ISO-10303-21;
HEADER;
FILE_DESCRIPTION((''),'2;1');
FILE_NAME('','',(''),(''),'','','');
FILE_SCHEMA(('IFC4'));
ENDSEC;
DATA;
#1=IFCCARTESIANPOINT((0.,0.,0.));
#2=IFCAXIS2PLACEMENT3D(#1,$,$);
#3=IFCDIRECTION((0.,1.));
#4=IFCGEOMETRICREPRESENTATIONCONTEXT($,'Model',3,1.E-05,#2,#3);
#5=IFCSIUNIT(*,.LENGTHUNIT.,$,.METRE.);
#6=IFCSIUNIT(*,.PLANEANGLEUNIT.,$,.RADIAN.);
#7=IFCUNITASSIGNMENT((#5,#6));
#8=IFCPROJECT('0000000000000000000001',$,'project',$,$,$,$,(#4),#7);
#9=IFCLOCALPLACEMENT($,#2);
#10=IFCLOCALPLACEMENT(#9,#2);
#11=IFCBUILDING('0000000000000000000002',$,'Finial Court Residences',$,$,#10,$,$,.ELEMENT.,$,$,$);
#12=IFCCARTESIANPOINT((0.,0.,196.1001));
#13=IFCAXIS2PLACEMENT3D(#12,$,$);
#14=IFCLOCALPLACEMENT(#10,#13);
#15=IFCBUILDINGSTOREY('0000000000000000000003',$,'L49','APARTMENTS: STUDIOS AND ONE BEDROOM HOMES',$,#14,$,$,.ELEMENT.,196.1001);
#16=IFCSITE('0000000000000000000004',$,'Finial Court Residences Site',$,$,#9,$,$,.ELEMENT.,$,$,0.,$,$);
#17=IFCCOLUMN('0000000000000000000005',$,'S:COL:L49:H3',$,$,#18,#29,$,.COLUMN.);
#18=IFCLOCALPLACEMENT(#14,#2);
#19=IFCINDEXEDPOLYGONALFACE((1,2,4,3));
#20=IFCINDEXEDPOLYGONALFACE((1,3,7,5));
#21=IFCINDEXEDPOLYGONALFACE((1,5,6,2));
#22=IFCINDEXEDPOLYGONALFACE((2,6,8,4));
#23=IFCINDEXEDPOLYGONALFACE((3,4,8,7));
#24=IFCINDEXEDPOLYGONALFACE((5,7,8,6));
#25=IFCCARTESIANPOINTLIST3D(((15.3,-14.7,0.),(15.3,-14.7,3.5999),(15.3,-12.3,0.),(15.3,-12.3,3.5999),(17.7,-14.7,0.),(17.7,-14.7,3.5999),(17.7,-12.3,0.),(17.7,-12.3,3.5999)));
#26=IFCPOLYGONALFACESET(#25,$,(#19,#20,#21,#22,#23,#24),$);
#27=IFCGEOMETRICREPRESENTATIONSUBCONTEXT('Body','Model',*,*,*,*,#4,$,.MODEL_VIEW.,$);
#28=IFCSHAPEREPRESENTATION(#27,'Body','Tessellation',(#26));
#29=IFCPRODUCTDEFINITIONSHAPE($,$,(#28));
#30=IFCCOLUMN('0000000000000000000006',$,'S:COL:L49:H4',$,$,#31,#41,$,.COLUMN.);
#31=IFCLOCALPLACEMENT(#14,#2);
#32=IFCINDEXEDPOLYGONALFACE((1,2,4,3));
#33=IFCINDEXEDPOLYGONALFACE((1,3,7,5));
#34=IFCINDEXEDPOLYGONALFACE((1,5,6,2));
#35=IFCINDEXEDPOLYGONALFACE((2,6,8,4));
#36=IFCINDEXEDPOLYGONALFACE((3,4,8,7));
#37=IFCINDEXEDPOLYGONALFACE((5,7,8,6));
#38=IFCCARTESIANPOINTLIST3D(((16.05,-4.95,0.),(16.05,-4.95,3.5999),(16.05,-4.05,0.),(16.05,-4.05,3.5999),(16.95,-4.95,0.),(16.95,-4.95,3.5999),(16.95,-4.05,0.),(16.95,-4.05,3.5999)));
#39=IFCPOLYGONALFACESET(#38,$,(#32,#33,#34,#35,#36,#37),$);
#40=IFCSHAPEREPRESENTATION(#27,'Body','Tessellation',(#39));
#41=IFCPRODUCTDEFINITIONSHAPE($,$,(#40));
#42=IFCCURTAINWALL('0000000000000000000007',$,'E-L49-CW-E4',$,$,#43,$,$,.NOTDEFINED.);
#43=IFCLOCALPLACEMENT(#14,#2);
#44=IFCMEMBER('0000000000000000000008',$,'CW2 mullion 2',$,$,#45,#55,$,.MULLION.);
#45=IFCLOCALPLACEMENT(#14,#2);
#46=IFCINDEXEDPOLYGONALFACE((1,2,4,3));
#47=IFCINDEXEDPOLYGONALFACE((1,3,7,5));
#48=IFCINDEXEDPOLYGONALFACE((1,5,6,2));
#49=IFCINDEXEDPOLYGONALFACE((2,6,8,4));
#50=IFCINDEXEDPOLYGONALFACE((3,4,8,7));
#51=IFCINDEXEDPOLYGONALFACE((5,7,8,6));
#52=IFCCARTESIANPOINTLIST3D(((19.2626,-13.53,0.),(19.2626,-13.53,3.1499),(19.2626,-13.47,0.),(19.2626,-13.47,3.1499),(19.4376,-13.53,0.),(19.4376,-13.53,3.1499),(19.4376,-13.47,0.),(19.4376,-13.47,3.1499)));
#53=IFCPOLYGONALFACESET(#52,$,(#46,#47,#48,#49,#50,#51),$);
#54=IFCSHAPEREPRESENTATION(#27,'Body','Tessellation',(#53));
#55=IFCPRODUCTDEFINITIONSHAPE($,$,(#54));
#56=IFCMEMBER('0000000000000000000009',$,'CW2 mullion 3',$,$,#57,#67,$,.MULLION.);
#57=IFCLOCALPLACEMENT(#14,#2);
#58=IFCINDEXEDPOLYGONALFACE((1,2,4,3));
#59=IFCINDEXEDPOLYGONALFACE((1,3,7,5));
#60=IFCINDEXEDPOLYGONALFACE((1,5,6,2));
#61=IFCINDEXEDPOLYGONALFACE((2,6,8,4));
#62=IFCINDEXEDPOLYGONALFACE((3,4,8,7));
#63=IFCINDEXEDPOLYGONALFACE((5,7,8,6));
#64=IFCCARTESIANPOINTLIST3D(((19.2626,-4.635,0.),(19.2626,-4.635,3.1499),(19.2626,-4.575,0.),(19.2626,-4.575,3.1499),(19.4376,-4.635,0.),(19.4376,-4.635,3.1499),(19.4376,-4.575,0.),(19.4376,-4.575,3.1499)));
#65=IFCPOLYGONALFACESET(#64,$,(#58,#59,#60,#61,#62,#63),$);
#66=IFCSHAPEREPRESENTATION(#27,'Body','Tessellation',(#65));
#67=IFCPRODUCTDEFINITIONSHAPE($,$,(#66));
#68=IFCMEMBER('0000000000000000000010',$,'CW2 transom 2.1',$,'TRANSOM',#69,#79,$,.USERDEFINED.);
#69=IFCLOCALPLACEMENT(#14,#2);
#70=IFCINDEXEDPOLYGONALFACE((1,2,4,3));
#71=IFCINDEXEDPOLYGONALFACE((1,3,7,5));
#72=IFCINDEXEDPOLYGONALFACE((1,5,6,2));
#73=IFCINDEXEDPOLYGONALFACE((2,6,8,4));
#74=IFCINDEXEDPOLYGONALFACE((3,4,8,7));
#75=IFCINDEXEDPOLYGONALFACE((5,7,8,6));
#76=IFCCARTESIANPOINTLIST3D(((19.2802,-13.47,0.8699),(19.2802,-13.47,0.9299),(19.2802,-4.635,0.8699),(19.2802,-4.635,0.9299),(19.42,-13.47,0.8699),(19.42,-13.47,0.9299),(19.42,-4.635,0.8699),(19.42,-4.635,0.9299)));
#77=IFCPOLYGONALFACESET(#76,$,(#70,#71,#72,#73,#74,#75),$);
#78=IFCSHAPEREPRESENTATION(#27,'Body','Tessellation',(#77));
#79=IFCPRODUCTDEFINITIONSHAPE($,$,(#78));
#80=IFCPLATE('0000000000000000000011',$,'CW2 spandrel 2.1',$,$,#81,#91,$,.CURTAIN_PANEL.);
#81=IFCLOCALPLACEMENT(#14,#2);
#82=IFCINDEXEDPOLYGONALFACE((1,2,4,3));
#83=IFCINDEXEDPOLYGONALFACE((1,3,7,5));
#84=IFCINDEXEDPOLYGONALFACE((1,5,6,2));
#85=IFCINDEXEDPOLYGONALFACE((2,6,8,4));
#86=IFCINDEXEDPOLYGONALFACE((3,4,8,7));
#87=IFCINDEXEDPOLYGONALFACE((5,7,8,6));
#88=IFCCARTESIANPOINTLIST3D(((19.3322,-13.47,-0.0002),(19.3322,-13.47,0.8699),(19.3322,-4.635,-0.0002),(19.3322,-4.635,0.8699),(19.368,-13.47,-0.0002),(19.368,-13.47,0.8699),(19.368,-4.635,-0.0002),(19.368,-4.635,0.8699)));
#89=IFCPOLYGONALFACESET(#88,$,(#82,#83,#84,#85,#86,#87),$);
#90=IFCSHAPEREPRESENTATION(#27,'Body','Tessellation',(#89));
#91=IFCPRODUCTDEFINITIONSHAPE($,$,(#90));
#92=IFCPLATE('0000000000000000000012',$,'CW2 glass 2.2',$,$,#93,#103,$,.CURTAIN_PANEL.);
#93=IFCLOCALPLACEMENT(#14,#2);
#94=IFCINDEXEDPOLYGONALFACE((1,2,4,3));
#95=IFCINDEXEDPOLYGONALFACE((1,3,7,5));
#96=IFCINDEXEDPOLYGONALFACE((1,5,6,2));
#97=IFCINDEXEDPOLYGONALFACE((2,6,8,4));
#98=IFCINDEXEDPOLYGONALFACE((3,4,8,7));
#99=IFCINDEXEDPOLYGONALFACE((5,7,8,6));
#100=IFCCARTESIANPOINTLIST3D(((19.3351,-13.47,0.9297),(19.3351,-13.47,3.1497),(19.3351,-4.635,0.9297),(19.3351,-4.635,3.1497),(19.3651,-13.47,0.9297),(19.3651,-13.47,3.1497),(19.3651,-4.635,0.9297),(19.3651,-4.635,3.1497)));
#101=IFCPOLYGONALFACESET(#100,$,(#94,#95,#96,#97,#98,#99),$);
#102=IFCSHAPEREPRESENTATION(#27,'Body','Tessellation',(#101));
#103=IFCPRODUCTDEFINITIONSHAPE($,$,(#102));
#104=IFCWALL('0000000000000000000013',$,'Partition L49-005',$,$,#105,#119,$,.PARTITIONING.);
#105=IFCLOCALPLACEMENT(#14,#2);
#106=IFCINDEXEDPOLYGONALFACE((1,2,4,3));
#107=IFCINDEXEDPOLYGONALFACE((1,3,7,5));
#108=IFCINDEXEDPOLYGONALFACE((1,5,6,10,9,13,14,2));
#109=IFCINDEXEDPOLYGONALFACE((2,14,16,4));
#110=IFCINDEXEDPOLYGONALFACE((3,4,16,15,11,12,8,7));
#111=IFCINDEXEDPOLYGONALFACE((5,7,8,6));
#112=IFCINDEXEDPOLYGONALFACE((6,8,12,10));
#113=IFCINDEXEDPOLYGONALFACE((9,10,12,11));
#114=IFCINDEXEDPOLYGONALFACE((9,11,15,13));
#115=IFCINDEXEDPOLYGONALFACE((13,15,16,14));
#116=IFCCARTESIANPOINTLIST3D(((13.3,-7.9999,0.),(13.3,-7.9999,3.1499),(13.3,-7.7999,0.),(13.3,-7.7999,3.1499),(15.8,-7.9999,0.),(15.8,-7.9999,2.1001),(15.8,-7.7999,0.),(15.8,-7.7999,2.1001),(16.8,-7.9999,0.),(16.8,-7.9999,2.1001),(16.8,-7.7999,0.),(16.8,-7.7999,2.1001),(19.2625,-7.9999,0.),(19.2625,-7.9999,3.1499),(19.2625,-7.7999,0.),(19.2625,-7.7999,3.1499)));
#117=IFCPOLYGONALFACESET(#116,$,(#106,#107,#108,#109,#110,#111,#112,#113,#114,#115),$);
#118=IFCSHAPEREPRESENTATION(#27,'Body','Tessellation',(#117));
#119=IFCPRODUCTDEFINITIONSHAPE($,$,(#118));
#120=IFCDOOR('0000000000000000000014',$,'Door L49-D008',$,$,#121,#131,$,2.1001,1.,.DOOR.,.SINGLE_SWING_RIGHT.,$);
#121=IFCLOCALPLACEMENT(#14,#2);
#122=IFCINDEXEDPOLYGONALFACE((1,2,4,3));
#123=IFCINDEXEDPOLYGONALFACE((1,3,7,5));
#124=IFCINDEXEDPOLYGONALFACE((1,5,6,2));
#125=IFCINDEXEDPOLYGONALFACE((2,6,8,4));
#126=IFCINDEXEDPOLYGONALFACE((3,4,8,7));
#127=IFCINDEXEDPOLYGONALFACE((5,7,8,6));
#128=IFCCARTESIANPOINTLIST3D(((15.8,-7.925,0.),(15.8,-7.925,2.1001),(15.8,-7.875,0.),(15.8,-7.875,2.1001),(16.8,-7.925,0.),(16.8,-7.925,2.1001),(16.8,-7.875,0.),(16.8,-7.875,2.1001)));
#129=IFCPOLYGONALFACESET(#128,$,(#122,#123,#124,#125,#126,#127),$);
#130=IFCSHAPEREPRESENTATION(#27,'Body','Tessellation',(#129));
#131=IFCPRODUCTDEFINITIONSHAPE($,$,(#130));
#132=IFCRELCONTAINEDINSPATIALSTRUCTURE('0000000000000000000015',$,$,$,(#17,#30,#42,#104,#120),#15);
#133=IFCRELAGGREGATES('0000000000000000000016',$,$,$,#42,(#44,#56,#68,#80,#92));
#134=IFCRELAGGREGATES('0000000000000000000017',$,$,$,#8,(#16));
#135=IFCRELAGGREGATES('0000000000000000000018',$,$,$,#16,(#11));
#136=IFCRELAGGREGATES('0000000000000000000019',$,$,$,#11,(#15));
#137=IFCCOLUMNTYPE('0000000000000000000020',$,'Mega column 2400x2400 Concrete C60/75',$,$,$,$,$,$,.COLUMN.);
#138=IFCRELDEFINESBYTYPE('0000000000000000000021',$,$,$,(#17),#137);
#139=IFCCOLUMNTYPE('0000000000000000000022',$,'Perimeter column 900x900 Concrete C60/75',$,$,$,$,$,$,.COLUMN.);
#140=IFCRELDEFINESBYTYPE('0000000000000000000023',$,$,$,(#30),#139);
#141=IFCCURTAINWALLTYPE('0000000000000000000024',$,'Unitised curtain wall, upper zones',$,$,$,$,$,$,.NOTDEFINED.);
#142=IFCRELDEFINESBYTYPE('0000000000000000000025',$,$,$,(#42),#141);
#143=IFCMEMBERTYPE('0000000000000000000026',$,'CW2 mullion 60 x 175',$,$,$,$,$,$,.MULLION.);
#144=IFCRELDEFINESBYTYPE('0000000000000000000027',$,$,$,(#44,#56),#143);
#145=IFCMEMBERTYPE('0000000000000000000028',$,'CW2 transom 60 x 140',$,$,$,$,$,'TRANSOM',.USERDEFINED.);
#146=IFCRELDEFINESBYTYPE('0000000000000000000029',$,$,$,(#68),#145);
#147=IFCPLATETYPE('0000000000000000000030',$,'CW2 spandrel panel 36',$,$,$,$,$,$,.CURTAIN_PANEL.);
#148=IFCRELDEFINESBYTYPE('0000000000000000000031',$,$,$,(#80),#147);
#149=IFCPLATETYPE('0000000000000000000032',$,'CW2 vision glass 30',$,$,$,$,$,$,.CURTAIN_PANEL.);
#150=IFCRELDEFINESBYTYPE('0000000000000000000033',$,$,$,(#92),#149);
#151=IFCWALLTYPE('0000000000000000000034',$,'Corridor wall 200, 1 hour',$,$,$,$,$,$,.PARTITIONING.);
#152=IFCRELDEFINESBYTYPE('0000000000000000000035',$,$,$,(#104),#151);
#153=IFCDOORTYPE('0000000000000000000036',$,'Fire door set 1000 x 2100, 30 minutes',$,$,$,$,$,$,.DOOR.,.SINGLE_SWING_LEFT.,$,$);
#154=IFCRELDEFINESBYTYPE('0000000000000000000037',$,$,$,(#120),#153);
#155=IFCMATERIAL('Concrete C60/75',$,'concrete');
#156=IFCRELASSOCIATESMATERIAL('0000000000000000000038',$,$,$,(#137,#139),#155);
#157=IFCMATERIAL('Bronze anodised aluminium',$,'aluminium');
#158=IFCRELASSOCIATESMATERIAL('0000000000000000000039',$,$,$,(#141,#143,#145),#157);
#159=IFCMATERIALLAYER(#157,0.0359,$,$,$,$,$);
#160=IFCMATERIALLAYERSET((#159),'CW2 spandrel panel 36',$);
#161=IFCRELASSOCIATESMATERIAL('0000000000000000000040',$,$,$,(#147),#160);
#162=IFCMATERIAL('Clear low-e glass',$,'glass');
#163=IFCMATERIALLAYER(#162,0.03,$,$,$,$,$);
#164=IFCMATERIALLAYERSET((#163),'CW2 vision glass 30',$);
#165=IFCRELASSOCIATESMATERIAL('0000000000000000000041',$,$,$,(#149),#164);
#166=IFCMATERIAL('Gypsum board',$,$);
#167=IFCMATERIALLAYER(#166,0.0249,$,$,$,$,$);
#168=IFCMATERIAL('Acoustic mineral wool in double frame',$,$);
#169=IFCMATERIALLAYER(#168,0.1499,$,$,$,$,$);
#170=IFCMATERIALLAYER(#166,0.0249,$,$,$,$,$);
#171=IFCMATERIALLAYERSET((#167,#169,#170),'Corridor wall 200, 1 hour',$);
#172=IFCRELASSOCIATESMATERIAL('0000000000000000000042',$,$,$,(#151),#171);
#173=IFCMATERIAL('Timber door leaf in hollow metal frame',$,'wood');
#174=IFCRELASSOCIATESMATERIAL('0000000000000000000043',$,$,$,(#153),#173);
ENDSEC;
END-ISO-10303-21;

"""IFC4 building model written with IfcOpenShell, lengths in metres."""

from ifc_helpers import new_model, si_unit, direction, frame, frame_2d, origin, origin_2d, place, context, subcontext, project, spatial, rectangle, extrude, material, layer, layer_set, material_profile, profile_set, type_object, element, fill, aggregate, save


model = new_model("IFC4")

# Units and contexts
model_context = context("Model", 3, precision=1e-05, world=origin(), true_north=direction((0.0, 1.0)))
body_context = subcontext(model_context, "Body", "Model", "MODEL_VIEW")
ifc_project = project(units=[si_unit("LENGTHUNIT", "METRE"), si_unit("PLANEANGLEUNIT", "RADIAN")], contexts=[model_context])

# Site, building, storey
site_placement = place(None, origin())
site = spatial("IfcSite", under=ifc_project, at=site_placement, Name="Finial Court Residences Site", CompositionType="ELEMENT", RefElevation=0.0)
building_placement = place(site_placement, origin())
building = spatial("IfcBuilding", under=site, at=building_placement, Name="Finial Court Residences", CompositionType="ELEMENT")
storey_placement = place(building_placement, frame((0.0, 0.0, 196.1001)))
storey = spatial("IfcBuildingStorey", under=building, at=storey_placement, Name="L49", Description="APARTMENTS: STUDIOS AND ONE BEDROOM HOMES", CompositionType="ELEMENT", Elevation=196.1001)

# Columns
ifc_material_1 = material(Name="Concrete C60/75", Category="concrete")
ifc_material_profile_1 = material_profile(ifc_material_1, rectangle(XDim=2.3999, YDim=2.3999, at=origin_2d()), Name="2400x2400")
ifc_profile_set_1 = profile_set([ifc_material_profile_1], Name="Concrete C60/75")
column_type_1 = type_object("IfcColumnType", Name="Mega column 2400x2400 Concrete C60/75", PredefinedType="COLUMN", material=ifc_profile_set_1)
column_1_placement = place(storey_placement, frame((16.5, -13.5, 0.0), z_axis=(0.0, 0.0, 1.0), x_axis=(1.0, 0.0, 0.0)))
element("IfcColumn", 1, at=column_1_placement, inside=storey, type_object=column_type_1, Name="S:COL:L49:H3", PredefinedType="COLUMN", context=body_context, shape_type="SweptSolid", body=[
    extrude(rectangle(XDim=2.3999, YDim=2.3999, at=origin_2d()), origin(), (0.0, 0.0, 1.0), 3.5999),
])
ifc_material_profile_2 = material_profile(ifc_material_1, rectangle(XDim=0.8999, YDim=0.8999, at=origin_2d()), Name="900x900")
ifc_profile_set_2 = profile_set([ifc_material_profile_2], Name="Concrete C60/75")
column_type_2 = type_object("IfcColumnType", Name="Perimeter column 900x900 Concrete C60/75", PredefinedType="COLUMN", material=ifc_profile_set_2)
column_2_placement = place(storey_placement, frame((16.5, -4.5, 0.0), z_axis=(0.0, 0.0, 1.0), x_axis=(1.0, 0.0, 0.0)))
element("IfcColumn", 2, at=column_2_placement, inside=storey, type_object=column_type_2, Name="S:COL:L49:H4", PredefinedType="COLUMN", context=body_context, shape_type="SweptSolid", body=[
    extrude(rectangle(XDim=0.8999, YDim=0.8999, at=origin_2d()), origin(), (0.0, 0.0, 1.0), 3.5999),
])

# Curtain wall, members, plates
ifc_material_2 = material(Name="Bronze anodised aluminium", Category="aluminium")
curtain_wall_type = type_object("IfcCurtainWallType", Name="Unitised curtain wall, upper zones", PredefinedType="NOTDEFINED", material=ifc_material_2)
curtain_wall_placement = place(storey_placement, origin())
curtain_wall = element("IfcCurtainWall", 3, at=curtain_wall_placement, inside=storey, type_object=curtain_wall_type, Name="E-L49-CW-E4", PredefinedType="NOTDEFINED")
ifc_material_profile_3 = material_profile(ifc_material_2, rectangle(XDim=0.175, YDim=0.0601, at=origin_2d()), Name="CW2 mullion 60 x 175")
ifc_profile_set_3 = profile_set([ifc_material_profile_3], Name="Bronze anodised aluminium")
member_type_1 = type_object("IfcMemberType", Name="CW2 mullion 60 x 175", PredefinedType="MULLION", material=ifc_profile_set_3)
member_1_placement = place(storey_placement, frame((19.3501, -13.5, 0.0), z_axis=(0.0, 0.0, 1.0), x_axis=(-1.0, 0.0, 0.0)))
member_1 = element("IfcMember", 4, at=member_1_placement, type_object=member_type_1, Name="CW2 mullion 2", PredefinedType="MULLION", context=body_context, shape_type="SweptSolid", body=[
    extrude(rectangle(XDim=0.175, YDim=0.0601, at=origin_2d()), origin(), (0.0, 0.0, 1.0), 3.1499),
])
member_2_placement = place(storey_placement, frame((19.3501, -4.605, 0.0), z_axis=(0.0, 0.0, 1.0), x_axis=(-1.0, 0.0, 0.0)))
member_2 = element("IfcMember", 5, at=member_2_placement, type_object=member_type_1, Name="CW2 mullion 3", PredefinedType="MULLION", context=body_context, shape_type="SweptSolid", body=[
    extrude(rectangle(XDim=0.175, YDim=0.0601, at=origin_2d()), origin(), (0.0, 0.0, 1.0), 3.1499),
])
ifc_material_profile_4 = material_profile(ifc_material_2, rectangle(XDim=0.1399, YDim=0.0601, at=origin_2d()), Name="CW2 transom 60 x 140")
ifc_profile_set_4 = profile_set([ifc_material_profile_4], Name="Bronze anodised aluminium")
member_type_2 = type_object("IfcMemberType", Name="CW2 transom 60 x 140", ElementType="TRANSOM", PredefinedType="USERDEFINED", material=ifc_profile_set_4)
member_3_placement = place(storey_placement, frame((19.3501, -13.47, 0.8999), z_axis=(0.0, 1.0, 0.0), x_axis=(-1.0, 0.0, 0.0)))
member_3 = element("IfcMember", 6, at=member_3_placement, type_object=member_type_2, Name="CW2 transom 2.1", ObjectType="TRANSOM", PredefinedType="USERDEFINED", context=body_context, shape_type="SweptSolid", body=[
    extrude(rectangle(XDim=0.1399, YDim=0.0601, at=origin_2d()), origin(), (0.0, 0.0, 1.0), 8.835),
])
ifc_layer_1 = layer(ifc_material_2, 0.0359)
ifc_layer_set_1 = layer_set([ifc_layer_1], Name="CW2 spandrel panel 36")
plate_type_1 = type_object("IfcPlateType", Name="CW2 spandrel panel 36", PredefinedType="CURTAIN_PANEL", material=ifc_layer_set_1)
plate_1_placement = place(storey_placement, frame((19.3501, -9.0525, -0.0002), z_axis=(0.0, 0.0, 1.0), x_axis=(0.0, 1.0, 0.0)))
plate_1 = element("IfcPlate", 7, at=plate_1_placement, type_object=plate_type_1, Name="CW2 spandrel 2.1", PredefinedType="CURTAIN_PANEL", context=body_context, shape_type="SweptSolid", body=[
    extrude(rectangle(XDim=8.835, YDim=0.0359, at=origin_2d()), origin(), (0.0, 0.0, 1.0), 0.8701),
])
ifc_material_3 = material(Name="Clear low-e glass", Category="glass")
ifc_layer_2 = layer(ifc_material_3, 0.03)
ifc_layer_set_2 = layer_set([ifc_layer_2], Name="CW2 vision glass 30")
plate_type_2 = type_object("IfcPlateType", Name="CW2 vision glass 30", PredefinedType="CURTAIN_PANEL", material=ifc_layer_set_2)
plate_2_placement = place(storey_placement, frame((19.3501, -9.0525, 0.9297), z_axis=(0.0, 0.0, 1.0), x_axis=(0.0, 1.0, 0.0)))
plate_2 = element("IfcPlate", 8, at=plate_2_placement, type_object=plate_type_2, Name="CW2 glass 2.2", PredefinedType="CURTAIN_PANEL", context=body_context, shape_type="SweptSolid", body=[
    extrude(rectangle(XDim=8.835, YDim=0.03, at=origin_2d()), origin(), (0.0, 0.0, 1.0), 2.22),
])
aggregate(curtain_wall, [member_1, member_2, member_3, plate_1, plate_2])

# Wall, opening, door
ifc_material_4 = material(Name="Gypsum board")
ifc_layer_3 = layer(ifc_material_4, 0.0249)
ifc_material_5 = material(Name="Acoustic mineral wool in double frame")
ifc_layer_4 = layer(ifc_material_5, 0.1499)
ifc_layer_5 = layer(ifc_material_4, 0.0249)
ifc_layer_set_3 = layer_set([ifc_layer_3, ifc_layer_4, ifc_layer_5], Name="Corridor wall 200, 1 hour")
wall_type_1 = type_object("IfcWallType", Name="Corridor wall 200, 1 hour", PredefinedType="PARTITIONING", material=ifc_layer_set_3)
wall_1_placement = place(storey_placement, frame((13.3, -7.8999, 0.0), z_axis=(0.0, 0.0, 1.0), x_axis=(1.0, 0.0, 0.0)))
wall_1 = element("IfcWall", 9, at=wall_1_placement, inside=storey, type_object=wall_type_1, Name="Partition L49-005", PredefinedType="PARTITIONING", context=body_context, shape_type="SweptSolid", body=[
    extrude(rectangle(XDim=5.9624, YDim=0.2, at=frame_2d((2.9812, 0.0))), origin(), (0.0, 0.0, 1.0), 3.1499),
])
opening_1_placement = place(wall_1_placement, frame((2.5, 0.0, 0.0)))
opening_1 = element("IfcOpeningElement", 10, at=opening_1_placement, cuts=wall_1, PredefinedType="OPENING", context=body_context, shape_type="SweptSolid", body=[
    extrude(rectangle(XDim=1.0, YDim=2.1001, at=frame_2d((0.5, 1.05))), frame((0.0, 0.1099, 0.0), z_axis=(0.0, -1.0, 0.0), x_axis=(1.0, 0.0, 0.0)), (0.0, 0.0, 1.0), 0.22),
])
ifc_material_6 = material(Name="Timber door leaf in hollow metal frame", Category="wood")
door_type_1 = type_object("IfcDoorType", Name="Fire door set 1000 x 2100, 30 minutes", OperationType="SINGLE_SWING_LEFT", PredefinedType="DOOR", material=ifc_material_6)
door_1_placement = place(opening_1_placement, origin())
door_1 = element("IfcDoor", 11, at=door_1_placement, inside=storey, type_object=door_type_1, Name="Door L49-D008", OperationType="SINGLE_SWING_RIGHT", OverallHeight=2.1001, OverallWidth=1.0, PredefinedType="DOOR", context=body_context, shape_type="SweptSolid", body=[
    extrude(rectangle(XDim=1.0, YDim=2.1001, at=frame_2d((0.5, 1.05))), frame((0.0, 0.0249, 0.0), z_axis=(0.0, -1.0, 0.0), x_axis=(1.0, 0.0, 0.0)), (0.0, 0.0, 1.0), 0.05),
])
fill(opening_1, door_1)

save(model, "model.ifc")
